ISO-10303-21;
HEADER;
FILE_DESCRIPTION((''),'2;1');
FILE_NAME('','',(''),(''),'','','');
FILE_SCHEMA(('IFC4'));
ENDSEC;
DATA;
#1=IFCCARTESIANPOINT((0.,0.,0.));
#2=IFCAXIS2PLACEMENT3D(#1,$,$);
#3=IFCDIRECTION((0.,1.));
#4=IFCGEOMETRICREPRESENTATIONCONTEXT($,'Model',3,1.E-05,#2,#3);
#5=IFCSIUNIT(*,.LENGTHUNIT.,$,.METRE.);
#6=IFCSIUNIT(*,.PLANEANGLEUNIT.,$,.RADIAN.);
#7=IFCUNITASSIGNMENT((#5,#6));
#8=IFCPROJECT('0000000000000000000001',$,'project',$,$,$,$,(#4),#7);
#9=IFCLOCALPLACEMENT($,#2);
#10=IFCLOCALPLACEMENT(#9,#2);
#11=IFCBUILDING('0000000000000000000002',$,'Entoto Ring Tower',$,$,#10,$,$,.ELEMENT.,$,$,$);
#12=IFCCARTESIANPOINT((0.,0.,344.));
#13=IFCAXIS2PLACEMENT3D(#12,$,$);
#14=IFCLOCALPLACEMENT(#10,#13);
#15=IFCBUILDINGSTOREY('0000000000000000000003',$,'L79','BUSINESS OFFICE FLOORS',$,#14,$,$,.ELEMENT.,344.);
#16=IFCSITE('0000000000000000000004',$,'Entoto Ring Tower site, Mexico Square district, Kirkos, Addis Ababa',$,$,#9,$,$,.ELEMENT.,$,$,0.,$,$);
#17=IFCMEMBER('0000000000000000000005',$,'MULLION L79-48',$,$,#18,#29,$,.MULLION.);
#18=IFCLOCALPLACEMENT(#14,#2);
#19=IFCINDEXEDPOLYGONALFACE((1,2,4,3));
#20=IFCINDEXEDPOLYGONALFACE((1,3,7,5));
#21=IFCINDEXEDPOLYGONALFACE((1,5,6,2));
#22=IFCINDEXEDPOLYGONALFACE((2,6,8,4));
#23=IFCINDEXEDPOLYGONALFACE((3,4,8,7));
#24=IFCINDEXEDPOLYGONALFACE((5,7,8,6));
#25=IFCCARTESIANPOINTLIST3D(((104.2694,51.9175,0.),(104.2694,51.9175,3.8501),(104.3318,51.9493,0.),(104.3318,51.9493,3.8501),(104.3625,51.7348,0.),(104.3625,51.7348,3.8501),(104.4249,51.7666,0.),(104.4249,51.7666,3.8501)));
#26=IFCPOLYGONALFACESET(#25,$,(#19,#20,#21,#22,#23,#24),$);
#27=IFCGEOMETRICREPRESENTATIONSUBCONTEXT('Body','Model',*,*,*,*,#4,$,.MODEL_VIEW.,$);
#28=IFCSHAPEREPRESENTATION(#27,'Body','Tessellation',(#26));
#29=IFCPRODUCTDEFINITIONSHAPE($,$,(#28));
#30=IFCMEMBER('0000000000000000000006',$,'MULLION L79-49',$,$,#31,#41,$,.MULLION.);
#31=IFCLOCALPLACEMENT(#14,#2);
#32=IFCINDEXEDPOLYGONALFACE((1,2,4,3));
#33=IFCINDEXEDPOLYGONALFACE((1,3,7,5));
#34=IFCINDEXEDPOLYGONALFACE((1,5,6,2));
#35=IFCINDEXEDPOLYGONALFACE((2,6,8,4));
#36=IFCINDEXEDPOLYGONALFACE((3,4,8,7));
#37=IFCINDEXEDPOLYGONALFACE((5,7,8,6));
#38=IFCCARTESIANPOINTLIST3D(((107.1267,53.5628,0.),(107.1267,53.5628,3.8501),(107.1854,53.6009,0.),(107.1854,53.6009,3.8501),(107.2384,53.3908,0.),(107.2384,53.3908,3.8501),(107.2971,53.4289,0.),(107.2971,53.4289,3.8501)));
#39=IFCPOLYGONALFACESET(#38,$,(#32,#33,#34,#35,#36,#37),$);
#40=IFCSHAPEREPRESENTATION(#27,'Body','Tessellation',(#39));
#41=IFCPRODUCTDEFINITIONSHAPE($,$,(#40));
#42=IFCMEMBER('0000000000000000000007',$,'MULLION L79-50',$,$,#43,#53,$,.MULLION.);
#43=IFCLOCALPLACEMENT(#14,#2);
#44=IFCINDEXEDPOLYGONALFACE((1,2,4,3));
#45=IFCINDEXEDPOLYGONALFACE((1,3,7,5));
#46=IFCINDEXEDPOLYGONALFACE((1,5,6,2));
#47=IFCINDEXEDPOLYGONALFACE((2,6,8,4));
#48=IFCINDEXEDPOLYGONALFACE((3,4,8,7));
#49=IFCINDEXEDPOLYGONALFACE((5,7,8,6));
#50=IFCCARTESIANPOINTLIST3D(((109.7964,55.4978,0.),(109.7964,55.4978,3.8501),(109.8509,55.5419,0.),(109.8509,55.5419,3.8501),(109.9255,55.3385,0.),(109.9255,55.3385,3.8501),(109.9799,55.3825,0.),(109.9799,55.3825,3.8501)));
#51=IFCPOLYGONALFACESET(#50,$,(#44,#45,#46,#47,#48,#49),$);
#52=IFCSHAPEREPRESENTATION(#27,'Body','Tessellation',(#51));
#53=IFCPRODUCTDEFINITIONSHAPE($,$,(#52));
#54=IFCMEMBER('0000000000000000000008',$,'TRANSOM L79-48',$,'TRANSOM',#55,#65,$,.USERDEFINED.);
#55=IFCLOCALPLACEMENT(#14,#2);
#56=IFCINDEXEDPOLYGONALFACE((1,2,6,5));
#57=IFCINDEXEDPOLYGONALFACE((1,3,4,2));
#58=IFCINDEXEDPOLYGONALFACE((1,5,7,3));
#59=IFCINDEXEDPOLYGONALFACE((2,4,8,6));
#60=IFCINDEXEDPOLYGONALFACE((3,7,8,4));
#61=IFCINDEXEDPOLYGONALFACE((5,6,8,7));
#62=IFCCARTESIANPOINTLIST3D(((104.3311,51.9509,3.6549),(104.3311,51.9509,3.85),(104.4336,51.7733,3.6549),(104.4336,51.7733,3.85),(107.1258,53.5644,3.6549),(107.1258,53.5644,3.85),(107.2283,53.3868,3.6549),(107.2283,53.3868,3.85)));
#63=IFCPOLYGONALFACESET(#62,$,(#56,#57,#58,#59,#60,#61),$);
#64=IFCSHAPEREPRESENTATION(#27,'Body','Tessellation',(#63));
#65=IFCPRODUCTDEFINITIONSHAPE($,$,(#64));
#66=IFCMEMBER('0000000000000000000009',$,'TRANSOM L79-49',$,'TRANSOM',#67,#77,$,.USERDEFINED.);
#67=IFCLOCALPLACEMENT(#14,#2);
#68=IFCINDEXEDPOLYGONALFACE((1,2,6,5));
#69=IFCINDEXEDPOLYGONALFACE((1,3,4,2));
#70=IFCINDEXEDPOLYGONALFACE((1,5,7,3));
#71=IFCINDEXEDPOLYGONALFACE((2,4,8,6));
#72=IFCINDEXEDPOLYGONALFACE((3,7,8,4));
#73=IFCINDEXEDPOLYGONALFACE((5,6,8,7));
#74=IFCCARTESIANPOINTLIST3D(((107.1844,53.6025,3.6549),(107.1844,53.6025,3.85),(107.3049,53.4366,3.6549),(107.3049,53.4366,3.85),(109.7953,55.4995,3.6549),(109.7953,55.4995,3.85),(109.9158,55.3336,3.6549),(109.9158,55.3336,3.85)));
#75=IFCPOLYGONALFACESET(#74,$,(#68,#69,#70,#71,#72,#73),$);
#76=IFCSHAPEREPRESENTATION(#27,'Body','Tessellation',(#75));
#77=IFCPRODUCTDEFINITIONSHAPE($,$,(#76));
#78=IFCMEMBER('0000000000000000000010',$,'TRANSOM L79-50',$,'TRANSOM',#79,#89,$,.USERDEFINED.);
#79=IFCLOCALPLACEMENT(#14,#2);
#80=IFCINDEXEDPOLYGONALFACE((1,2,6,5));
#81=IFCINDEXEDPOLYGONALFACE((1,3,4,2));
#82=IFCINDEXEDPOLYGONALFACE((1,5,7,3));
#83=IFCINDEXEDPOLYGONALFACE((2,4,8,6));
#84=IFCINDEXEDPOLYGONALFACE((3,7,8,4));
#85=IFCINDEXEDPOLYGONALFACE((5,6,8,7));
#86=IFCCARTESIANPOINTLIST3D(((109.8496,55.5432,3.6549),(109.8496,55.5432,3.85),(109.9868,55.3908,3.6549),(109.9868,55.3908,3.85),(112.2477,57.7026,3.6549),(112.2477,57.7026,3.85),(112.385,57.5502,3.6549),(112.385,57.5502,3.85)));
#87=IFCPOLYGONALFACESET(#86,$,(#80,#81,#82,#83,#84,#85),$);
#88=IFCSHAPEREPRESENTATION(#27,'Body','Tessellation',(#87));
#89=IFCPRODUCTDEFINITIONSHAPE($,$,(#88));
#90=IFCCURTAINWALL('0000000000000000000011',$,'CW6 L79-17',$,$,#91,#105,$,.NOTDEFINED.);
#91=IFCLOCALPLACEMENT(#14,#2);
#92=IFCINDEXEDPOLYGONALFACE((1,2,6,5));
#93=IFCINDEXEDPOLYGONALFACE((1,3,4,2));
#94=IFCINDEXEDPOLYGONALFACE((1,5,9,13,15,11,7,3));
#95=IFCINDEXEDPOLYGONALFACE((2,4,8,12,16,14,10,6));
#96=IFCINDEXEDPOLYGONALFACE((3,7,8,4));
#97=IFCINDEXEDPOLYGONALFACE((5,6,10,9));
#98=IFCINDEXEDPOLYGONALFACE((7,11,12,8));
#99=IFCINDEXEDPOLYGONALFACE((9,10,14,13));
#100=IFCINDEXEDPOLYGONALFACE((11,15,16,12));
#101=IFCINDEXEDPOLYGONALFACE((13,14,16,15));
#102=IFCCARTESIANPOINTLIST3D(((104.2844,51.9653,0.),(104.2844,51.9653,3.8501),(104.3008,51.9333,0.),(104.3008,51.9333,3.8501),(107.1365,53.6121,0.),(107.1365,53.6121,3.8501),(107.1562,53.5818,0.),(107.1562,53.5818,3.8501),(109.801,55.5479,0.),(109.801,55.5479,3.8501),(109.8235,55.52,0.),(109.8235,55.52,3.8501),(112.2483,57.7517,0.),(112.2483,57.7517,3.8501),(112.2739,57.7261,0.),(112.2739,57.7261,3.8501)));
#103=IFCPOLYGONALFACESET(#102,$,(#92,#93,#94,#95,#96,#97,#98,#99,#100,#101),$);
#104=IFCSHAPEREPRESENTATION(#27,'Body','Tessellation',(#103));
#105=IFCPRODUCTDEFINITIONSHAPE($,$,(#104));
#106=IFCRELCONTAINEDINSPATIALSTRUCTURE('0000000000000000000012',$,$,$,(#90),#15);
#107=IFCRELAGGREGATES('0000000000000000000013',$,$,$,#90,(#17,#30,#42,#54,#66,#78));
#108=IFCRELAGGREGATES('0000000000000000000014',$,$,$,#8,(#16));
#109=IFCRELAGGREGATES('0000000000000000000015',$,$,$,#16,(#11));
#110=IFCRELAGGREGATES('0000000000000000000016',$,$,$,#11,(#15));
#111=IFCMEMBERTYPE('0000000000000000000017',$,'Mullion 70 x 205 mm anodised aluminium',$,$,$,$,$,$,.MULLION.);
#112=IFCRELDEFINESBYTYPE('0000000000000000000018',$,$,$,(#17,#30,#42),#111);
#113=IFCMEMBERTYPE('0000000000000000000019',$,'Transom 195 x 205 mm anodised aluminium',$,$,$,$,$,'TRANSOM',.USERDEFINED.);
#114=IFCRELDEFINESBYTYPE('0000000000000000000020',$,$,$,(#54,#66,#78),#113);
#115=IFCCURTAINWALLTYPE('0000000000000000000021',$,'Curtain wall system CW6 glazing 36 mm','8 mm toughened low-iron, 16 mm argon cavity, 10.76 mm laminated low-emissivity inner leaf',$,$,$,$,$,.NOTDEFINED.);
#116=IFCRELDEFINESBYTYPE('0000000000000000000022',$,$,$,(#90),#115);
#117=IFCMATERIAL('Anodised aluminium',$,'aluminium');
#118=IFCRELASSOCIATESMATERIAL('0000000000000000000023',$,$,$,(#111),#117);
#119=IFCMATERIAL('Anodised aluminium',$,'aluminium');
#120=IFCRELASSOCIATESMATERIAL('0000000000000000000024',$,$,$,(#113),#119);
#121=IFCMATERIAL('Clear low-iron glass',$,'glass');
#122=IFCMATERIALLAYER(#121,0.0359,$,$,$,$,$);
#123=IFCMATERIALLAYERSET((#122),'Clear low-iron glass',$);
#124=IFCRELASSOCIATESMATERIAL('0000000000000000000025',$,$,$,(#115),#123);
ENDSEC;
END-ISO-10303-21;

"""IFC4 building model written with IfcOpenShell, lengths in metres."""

from ifc_helpers import new_model, si_unit, direction, frame, origin, origin_2d, place, context, subcontext, project, spatial, polyline, rectangle, outline, extrude, material, layer, layer_set, material_profile, profile_set, type_object, element, aggregate, save


model = new_model("IFC4")

# Units and contexts
model_context = context("Model", 3, precision=1e-05, world=origin(), true_north=direction((0.0, 1.0)))
body_context = subcontext(model_context, "Body", "Model", "MODEL_VIEW")
ifc_project = project(units=[si_unit("LENGTHUNIT", "METRE"), si_unit("PLANEANGLEUNIT", "RADIAN")], contexts=[model_context])

# Members
ifc_material_1 = material(Name="Anodised aluminium", Category="aluminium")
ifc_material_profile_1 = material_profile(ifc_material_1, rectangle(XDim=0.0701, YDim=0.2051, at=origin_2d()), Name="Mullion 70 x 205 mm anodised aluminium")
ifc_profile_set_1 = profile_set([ifc_material_profile_1], Name="Anodised aluminium")
member_type_1 = type_object("IfcMemberType", Name="Mullion 70 x 205 mm anodised aluminium", PredefinedType="MULLION", material=ifc_profile_set_1)
site_placement = place(None, origin())
building_placement = place(site_placement, origin())
storey_placement = place(building_placement, frame((0.0, 0.0, 344.0)))
member_1_placement = place(storey_placement, frame((104.3472, 51.842, 0.0), z_axis=(0.0, 0.0, 1.0), x_axis=(0.891007, 0.45399, 0.0)))
member_1 = element("IfcMember", 1, at=member_1_placement, type_object=member_type_1, Name="MULLION L79-48", PredefinedType="MULLION", context=body_context, shape_type="SweptSolid", body=[
    extrude(rectangle(XDim=0.0701, YDim=0.2051, at=origin_2d()), origin(), (0.0, 0.0, 1.0), 3.8501),
])
member_2_placement = place(storey_placement, frame((107.2119, 53.4958, 0.0), z_axis=(0.0, 0.0, 1.0), x_axis=(0.838671, 0.544639, 0.0)))
member_2 = element("IfcMember", 2, at=member_2_placement, type_object=member_type_1, Name="MULLION L79-49", PredefinedType="MULLION", context=body_context, shape_type="SweptSolid", body=[
    extrude(rectangle(XDim=0.0701, YDim=0.2051, at=origin_2d()), origin(), (0.0, 0.0, 1.0), 3.8501),
])
member_3_placement = place(storey_placement, frame((109.8882, 55.4402, 0.0), z_axis=(0.0, 0.0, 1.0), x_axis=(0.777146, 0.62932, 0.0)))
member_3 = element("IfcMember", 3, at=member_3_placement, type_object=member_type_1, Name="MULLION L79-50", PredefinedType="MULLION", context=body_context, shape_type="SweptSolid", body=[
    extrude(rectangle(XDim=0.0701, YDim=0.2051, at=origin_2d()), origin(), (0.0, 0.0, 1.0), 3.8501),
])
ifc_material_2 = material(Name="Anodised aluminium", Category="aluminium")
ifc_material_profile_2 = material_profile(ifc_material_2, rectangle(XDim=0.2051, YDim=0.1951, at=origin_2d()), Name="Transom 195 x 205 mm anodised aluminium")
ifc_profile_set_2 = profile_set([ifc_material_profile_2], Name="Anodised aluminium")
member_type_2 = type_object("IfcMemberType", Name="Transom 195 x 205 mm anodised aluminium", ElementType="TRANSOM", PredefinedType="USERDEFINED", material=ifc_profile_set_2)
member_4_placement = place(storey_placement, frame((104.3823, 51.8621, 3.7524), z_axis=(0.866023, 0.500004, 0.0), x_axis=(-0.500004, 0.866023, 0.0)))
member_4 = element("IfcMember", 4, at=member_4_placement, type_object=member_type_2, Name="TRANSOM L79-48", ObjectType="TRANSOM", PredefinedType="USERDEFINED", context=body_context, shape_type="SweptSolid", body=[
    extrude(rectangle(XDim=0.2051, YDim=0.1951, at=origin_2d()), origin(), (0.0, 0.0, 1.0), 3.2271),
])
member_5_placement = place(storey_placement, frame((107.2446, 53.5195, 3.7524), z_axis=(0.809004, 0.587803, 0.0), x_axis=(-0.587803, 0.809004, 0.0)))
member_5 = element("IfcMember", 5, at=member_5_placement, type_object=member_type_2, Name="TRANSOM L79-49", ObjectType="TRANSOM", PredefinedType="USERDEFINED", context=body_context, shape_type="SweptSolid", body=[
    extrude(rectangle(XDim=0.2051, YDim=0.1951, at=origin_2d()), origin(), (0.0, 0.0, 1.0), 3.2273),
])
member_6_placement = place(storey_placement, frame((109.9182, 55.467, 3.7524), z_axis=(0.743132, 0.669144, 0.0), x_axis=(-0.669144, 0.743132, 0.0)))
member_6 = element("IfcMember", 6, at=member_6_placement, type_object=member_type_2, Name="TRANSOM L79-50", ObjectType="TRANSOM", PredefinedType="USERDEFINED", context=body_context, shape_type="SweptSolid", body=[
    extrude(rectangle(XDim=0.2051, YDim=0.1951, at=origin_2d()), origin(), (0.0, 0.0, 1.0), 3.2271),
])

# Site, building, storey
site = spatial("IfcSite", under=ifc_project, at=site_placement, Name="Entoto Ring Tower site, Mexico Square district, Kirkos, Addis Ababa", CompositionType="ELEMENT", RefElevation=0.0)
building = spatial("IfcBuilding", under=site, at=building_placement, Name="Entoto Ring Tower", CompositionType="ELEMENT")
storey = spatial("IfcBuildingStorey", under=building, at=storey_placement, Name="L79", Description="BUSINESS OFFICE FLOORS", CompositionType="ELEMENT", Elevation=344.0)

# Curtain wall
ifc_material_3 = material(Name="Clear low-iron glass", Category="glass")
ifc_layer_1 = layer(ifc_material_3, 0.0359)
ifc_layer_set_1 = layer_set([ifc_layer_1], Name="Clear low-iron glass")
curtain_wall_type = type_object("IfcCurtainWallType", Name="Curtain wall system CW6 glazing 36 mm", Description="8 mm toughened low-iron, 16 mm argon cavity, 10.76 mm laminated low-emissivity inner leaf", PredefinedType="NOTDEFINED", material=ifc_layer_set_1)
curtain_wall_1_placement = place(storey_placement, origin())
curtain_wall_1 = element("IfcCurtainWall", 7, at=curtain_wall_1_placement, inside=storey, type_object=curtain_wall_type, Name="CW6 L79-17", PredefinedType="NOTDEFINED", context=body_context, shape_type="SweptSolid", body=[
    extrude(outline(polyline([(104.3008, 51.9333), (107.1562, 53.5818), (109.8235, 55.52), (112.2739, 57.7261), (112.2483, 57.7517), (109.801, 55.5479), (107.1365, 53.6121), (104.2844, 51.9653), (104.3008, 51.9333)])), origin(), (0.0, 0.0, 1.0), 3.8501),
])
aggregate(curtain_wall_1, [member_1, member_2, member_3, member_4, member_5, member_6])

save(model, "model.ifc")
